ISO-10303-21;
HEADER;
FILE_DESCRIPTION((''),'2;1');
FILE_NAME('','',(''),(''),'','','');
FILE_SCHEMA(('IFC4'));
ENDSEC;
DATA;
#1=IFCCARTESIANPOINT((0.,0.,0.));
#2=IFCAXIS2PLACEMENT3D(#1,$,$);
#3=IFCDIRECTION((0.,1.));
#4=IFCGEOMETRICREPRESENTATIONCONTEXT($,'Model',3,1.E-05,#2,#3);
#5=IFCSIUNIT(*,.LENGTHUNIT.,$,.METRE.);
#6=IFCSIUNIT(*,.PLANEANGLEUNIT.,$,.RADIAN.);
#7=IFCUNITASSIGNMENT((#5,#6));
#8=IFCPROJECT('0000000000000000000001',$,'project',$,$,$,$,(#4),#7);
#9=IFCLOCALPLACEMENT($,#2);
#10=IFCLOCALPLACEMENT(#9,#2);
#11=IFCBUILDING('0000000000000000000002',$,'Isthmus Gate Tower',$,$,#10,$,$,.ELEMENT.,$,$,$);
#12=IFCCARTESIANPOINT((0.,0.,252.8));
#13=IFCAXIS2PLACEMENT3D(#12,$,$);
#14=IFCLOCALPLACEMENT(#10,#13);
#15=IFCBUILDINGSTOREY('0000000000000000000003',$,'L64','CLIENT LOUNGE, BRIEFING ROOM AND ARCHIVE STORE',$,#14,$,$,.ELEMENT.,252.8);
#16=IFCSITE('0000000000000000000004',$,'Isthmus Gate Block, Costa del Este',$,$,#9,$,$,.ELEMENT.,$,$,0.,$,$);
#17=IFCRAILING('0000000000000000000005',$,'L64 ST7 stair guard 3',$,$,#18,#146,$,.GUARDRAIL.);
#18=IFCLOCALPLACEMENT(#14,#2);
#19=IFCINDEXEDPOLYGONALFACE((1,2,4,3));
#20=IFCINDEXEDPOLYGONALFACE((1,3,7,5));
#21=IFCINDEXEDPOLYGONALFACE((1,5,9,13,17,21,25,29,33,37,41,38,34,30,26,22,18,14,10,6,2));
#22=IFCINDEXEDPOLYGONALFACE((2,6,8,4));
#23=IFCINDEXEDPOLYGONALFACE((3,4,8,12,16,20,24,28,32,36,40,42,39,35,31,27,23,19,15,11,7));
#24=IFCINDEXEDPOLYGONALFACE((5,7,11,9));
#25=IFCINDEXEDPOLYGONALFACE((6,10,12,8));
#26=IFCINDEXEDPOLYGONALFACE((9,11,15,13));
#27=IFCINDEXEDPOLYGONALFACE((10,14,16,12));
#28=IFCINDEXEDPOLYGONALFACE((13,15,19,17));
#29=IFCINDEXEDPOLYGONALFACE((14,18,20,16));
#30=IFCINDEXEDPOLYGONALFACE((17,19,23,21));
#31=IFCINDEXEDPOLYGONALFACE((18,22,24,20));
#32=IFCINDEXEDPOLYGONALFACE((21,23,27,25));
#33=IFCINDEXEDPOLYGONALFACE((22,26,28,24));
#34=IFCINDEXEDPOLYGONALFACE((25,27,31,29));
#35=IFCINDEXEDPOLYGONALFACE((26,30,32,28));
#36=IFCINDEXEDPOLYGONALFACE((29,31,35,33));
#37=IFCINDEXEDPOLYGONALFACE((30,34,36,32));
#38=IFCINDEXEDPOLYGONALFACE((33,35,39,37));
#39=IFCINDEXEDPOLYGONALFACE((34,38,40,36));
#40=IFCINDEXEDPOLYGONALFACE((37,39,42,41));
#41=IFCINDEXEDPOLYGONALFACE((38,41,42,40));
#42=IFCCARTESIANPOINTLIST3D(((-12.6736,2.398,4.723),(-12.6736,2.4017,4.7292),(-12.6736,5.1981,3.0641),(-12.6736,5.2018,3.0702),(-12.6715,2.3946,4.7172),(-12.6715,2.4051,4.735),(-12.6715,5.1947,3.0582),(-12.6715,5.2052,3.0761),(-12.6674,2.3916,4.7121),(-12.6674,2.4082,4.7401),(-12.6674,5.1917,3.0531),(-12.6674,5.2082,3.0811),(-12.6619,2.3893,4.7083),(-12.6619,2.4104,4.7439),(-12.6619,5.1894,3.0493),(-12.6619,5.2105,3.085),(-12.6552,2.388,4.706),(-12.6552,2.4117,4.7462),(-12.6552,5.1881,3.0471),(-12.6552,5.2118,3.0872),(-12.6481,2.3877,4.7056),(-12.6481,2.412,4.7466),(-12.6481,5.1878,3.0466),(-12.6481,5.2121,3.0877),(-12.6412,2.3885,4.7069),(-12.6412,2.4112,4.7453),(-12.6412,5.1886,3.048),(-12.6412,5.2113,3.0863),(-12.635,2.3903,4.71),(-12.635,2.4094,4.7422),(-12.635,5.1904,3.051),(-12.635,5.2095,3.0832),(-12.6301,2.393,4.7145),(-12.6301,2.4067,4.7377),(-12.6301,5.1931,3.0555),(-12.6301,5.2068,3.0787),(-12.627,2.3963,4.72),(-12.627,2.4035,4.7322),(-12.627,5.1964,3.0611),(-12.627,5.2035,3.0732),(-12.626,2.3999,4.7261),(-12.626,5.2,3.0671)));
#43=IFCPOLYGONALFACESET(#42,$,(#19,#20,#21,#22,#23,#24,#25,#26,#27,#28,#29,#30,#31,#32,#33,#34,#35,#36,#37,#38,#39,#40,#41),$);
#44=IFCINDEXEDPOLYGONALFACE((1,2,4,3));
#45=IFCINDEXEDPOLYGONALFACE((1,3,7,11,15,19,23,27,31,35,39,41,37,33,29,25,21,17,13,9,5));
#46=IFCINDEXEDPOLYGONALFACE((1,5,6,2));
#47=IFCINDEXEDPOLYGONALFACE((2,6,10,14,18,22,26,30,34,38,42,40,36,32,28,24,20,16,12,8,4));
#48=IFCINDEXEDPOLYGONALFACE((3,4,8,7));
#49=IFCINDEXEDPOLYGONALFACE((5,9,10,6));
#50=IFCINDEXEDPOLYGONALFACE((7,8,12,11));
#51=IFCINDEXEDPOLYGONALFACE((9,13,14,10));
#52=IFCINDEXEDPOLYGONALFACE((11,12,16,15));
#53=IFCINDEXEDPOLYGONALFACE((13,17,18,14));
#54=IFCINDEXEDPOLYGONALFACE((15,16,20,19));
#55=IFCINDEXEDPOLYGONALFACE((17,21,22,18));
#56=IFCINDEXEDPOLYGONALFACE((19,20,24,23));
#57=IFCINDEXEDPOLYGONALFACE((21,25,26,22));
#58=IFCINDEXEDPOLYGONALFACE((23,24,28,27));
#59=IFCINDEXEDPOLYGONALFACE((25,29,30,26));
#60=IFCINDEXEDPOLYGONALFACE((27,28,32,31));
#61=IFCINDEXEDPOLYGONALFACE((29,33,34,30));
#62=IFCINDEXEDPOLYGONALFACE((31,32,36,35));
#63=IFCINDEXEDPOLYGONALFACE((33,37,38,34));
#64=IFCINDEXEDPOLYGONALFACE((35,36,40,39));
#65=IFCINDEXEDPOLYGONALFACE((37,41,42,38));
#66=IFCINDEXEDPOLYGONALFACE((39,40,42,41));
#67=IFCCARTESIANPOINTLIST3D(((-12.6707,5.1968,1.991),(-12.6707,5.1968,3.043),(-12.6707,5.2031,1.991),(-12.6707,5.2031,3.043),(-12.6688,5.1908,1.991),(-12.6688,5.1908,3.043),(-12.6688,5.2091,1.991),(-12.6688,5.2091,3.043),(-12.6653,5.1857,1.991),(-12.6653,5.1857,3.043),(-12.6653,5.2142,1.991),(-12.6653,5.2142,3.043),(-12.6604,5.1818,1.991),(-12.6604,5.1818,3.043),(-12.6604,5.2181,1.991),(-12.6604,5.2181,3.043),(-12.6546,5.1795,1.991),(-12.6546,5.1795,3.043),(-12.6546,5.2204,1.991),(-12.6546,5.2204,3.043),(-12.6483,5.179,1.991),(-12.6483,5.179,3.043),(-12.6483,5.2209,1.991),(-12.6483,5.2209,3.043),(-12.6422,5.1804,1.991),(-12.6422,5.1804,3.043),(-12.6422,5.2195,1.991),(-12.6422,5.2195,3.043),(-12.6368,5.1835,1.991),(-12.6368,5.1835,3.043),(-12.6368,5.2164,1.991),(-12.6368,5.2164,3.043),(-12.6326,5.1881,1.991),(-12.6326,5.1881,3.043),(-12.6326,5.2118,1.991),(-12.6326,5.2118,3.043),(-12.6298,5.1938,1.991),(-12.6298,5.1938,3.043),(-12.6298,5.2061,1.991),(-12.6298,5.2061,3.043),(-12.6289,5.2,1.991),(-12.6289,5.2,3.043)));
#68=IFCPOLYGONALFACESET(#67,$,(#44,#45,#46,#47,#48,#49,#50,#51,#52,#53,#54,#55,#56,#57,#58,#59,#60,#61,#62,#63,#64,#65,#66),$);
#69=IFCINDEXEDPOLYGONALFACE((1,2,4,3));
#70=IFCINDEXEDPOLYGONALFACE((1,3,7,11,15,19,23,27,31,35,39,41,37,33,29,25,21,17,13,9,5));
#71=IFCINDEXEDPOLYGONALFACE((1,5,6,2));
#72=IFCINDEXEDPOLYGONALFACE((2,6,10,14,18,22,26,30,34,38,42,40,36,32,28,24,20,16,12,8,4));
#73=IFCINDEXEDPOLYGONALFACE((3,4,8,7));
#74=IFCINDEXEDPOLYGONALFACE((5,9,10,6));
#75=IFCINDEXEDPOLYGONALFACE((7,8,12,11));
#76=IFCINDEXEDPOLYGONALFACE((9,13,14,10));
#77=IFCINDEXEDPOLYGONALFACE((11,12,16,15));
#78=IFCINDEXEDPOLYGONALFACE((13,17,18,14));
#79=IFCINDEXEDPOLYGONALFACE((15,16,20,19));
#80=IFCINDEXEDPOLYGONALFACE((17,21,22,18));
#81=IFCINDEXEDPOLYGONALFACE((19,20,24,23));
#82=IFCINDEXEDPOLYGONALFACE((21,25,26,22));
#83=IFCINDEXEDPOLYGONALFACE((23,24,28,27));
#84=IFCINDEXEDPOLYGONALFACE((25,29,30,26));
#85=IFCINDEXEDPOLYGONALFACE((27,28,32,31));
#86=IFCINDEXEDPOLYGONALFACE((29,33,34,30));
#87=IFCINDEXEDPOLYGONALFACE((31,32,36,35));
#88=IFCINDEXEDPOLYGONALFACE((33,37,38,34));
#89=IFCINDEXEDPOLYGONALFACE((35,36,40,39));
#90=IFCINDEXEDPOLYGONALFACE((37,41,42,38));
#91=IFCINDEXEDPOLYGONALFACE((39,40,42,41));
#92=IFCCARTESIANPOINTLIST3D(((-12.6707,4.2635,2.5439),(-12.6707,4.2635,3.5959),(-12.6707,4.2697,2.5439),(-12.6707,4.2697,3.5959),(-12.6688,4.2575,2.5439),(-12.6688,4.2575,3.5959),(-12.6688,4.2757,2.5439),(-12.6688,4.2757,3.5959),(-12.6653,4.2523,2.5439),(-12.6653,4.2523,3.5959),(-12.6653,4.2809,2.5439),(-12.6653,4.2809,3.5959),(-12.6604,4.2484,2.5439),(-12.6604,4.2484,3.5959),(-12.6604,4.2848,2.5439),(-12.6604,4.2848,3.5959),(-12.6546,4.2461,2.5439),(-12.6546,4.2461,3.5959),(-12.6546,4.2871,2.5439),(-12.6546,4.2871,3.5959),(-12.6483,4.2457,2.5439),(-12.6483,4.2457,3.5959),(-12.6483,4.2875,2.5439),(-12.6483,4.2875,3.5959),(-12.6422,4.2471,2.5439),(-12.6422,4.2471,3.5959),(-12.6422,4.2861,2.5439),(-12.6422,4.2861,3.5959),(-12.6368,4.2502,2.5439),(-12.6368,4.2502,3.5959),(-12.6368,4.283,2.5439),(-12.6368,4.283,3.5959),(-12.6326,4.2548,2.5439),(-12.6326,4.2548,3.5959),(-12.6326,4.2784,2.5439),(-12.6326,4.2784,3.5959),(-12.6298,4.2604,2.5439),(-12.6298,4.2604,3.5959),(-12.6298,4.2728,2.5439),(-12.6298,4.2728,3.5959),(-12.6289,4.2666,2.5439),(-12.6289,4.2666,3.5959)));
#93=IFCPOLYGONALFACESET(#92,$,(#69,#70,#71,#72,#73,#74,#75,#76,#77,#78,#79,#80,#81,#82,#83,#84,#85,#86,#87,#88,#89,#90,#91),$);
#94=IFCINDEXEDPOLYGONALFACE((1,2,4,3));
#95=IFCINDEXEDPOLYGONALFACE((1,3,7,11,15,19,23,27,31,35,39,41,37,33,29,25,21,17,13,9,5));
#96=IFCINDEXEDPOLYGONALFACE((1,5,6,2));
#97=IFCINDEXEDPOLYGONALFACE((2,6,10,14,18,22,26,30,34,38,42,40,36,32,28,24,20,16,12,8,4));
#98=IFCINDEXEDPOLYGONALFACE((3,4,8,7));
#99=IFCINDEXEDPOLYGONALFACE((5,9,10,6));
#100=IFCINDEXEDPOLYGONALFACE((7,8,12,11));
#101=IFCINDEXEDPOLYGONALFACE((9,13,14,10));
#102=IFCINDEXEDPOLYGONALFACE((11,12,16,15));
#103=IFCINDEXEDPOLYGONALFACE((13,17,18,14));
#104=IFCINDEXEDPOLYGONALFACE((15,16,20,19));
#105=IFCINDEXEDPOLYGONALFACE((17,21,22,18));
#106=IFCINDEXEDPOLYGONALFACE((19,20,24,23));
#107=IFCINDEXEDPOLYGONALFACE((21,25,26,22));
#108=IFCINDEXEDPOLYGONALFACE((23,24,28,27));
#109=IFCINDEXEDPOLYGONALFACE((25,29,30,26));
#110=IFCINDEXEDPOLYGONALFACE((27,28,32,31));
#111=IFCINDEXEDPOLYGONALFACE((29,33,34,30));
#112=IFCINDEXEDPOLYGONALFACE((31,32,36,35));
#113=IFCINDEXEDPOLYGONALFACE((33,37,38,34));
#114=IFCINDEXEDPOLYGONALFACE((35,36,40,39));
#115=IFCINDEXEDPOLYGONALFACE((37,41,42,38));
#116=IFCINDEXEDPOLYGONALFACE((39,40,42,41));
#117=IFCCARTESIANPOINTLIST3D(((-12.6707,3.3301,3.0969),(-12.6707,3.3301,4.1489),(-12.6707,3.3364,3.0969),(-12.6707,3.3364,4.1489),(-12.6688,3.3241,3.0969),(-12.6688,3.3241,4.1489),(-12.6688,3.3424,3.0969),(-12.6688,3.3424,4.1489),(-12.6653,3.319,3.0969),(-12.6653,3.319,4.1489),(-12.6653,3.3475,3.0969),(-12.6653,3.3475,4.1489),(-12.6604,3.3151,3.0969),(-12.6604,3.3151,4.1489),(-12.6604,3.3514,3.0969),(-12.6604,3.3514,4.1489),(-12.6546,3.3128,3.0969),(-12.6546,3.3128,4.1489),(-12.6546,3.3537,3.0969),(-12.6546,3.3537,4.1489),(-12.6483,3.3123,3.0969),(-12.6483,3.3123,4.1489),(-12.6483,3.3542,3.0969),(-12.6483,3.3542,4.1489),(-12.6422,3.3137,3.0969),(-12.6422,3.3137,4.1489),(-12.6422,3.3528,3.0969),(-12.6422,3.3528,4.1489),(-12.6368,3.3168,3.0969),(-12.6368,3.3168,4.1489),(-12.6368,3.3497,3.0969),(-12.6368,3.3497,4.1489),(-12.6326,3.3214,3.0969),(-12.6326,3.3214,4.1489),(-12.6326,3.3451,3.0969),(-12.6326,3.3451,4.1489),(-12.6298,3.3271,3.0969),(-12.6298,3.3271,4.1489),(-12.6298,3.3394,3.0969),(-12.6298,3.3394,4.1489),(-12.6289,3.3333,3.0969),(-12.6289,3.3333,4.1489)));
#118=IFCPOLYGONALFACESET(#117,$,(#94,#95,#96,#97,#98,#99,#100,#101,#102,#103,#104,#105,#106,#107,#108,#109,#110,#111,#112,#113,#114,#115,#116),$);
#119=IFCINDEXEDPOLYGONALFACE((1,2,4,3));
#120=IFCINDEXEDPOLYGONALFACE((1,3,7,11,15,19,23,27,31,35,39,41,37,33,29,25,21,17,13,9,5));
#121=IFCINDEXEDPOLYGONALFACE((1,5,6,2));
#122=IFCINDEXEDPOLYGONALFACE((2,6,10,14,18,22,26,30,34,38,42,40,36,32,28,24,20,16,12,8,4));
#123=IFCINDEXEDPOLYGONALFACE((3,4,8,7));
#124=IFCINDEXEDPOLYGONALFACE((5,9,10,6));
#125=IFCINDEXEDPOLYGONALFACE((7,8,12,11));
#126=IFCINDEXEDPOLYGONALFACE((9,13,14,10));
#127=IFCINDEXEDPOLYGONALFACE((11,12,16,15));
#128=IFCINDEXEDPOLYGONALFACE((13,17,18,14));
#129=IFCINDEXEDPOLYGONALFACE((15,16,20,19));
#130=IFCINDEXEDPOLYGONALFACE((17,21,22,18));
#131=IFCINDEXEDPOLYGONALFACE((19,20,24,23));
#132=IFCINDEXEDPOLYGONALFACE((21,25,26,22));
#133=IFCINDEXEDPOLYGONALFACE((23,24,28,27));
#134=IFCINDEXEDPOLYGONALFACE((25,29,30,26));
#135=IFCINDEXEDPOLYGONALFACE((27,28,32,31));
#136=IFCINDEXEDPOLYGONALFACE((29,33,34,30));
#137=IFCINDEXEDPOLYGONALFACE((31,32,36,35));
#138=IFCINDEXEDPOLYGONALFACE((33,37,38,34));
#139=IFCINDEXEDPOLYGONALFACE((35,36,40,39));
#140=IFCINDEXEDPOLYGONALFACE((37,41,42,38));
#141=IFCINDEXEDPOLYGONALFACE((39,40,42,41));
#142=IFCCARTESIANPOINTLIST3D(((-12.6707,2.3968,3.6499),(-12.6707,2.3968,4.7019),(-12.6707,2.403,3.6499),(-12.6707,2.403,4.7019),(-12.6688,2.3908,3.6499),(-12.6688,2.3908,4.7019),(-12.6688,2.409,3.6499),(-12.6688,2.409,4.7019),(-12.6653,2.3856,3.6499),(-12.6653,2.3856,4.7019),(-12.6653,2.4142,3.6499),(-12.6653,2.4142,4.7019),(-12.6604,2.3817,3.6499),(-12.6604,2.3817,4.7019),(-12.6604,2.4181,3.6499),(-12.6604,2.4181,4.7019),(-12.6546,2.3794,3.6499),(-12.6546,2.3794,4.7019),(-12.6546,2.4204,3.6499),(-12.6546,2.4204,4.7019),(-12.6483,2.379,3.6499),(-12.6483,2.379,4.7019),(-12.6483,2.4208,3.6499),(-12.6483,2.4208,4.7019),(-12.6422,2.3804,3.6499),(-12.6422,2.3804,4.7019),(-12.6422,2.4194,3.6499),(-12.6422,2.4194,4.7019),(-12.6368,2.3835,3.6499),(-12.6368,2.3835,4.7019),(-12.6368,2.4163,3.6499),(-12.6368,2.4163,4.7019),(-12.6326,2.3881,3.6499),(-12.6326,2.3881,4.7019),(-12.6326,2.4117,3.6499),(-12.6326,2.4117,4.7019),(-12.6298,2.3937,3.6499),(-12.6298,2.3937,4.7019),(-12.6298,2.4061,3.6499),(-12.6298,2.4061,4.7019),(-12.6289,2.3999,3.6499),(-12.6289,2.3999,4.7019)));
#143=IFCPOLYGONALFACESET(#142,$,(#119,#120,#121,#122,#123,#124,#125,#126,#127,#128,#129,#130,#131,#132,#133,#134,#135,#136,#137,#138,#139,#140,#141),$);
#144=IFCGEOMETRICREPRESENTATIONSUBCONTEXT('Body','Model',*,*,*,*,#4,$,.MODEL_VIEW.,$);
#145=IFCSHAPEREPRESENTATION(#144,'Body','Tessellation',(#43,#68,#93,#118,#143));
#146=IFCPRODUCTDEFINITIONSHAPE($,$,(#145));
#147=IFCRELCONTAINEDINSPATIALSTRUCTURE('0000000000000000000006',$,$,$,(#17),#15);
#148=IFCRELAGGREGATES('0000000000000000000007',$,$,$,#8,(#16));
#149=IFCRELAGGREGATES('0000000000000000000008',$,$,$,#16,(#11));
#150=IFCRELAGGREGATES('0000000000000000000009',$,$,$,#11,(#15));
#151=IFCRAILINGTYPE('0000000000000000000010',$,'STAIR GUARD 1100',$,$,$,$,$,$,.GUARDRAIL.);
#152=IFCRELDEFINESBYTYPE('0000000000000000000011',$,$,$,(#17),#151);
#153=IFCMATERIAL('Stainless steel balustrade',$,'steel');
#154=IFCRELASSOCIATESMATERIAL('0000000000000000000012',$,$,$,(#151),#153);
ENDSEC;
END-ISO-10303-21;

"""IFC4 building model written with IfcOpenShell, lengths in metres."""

from ifc_helpers import new_model, si_unit, direction, frame, origin, origin_2d, place, context, subcontext, project, spatial, circle, extrude, material, type_object, element, save


model = new_model("IFC4")

# Units and contexts
model_context = context("Model", 3, precision=1e-05, world=origin(), true_north=direction((0.0, 1.0)))
body_context = subcontext(model_context, "Body", "Model", "MODEL_VIEW")
ifc_project = project(units=[si_unit("LENGTHUNIT", "METRE"), si_unit("PLANEANGLEUNIT", "RADIAN")], contexts=[model_context])

# Site, building, storey
site_placement = place(None, origin())
site = spatial("IfcSite", under=ifc_project, at=site_placement, Name="Isthmus Gate Block, Costa del Este", CompositionType="ELEMENT", RefElevation=0.0)
building_placement = place(site_placement, origin())
building = spatial("IfcBuilding", under=site, at=building_placement, Name="Isthmus Gate Tower", CompositionType="ELEMENT")
storey_placement = place(building_placement, frame((0.0, 0.0, 252.8)))
storey = spatial("IfcBuildingStorey", under=building, at=storey_placement, Name="L64", Description="CLIENT LOUNGE, BRIEFING ROOM AND ARCHIVE STORE", CompositionType="ELEMENT", Elevation=252.8)

# Railing
ifc_material_1 = material(Name="Stainless steel balustrade", Category="steel")
railing_type_1 = type_object("IfcRailingType", Name="STAIR GUARD 1100", PredefinedType="GUARDRAIL", material=ifc_material_1)
railing_1_placement = place(storey_placement, frame((-12.6499, 5.2, 1.991)))
element("IfcRailing", 1, at=railing_1_placement, inside=storey, type_object=railing_type_1, Name="L64 ST7 stair guard 3", PredefinedType="GUARDRAIL", context=body_context, shape_type="SweptSolid", body=[
    extrude(circle(Radius=0.0239, at=origin_2d()), frame((0.0, 0.0, 1.0762), z_axis=(0.0, -0.860339, 0.509722), x_axis=(1.0, 0.0, 0.0)), (0.0, 0.0, 1.0), 3.2546),
    extrude(circle(Radius=0.021, at=origin_2d()), origin(), (0.0, 0.0, 1.0), 1.052),
    extrude(circle(Radius=0.021, at=origin_2d()), frame((0.0, -0.9333, 0.553)), (0.0, 0.0, 1.0), 1.052),
    extrude(circle(Radius=0.021, at=origin_2d()), frame((0.0, -1.8667, 1.106)), (0.0, 0.0, 1.0), 1.052),
    extrude(circle(Radius=0.021, at=origin_2d()), frame((0.0, -2.8, 1.6589)), (0.0, 0.0, 1.0), 1.052),
])

save(model, "model.ifc")
